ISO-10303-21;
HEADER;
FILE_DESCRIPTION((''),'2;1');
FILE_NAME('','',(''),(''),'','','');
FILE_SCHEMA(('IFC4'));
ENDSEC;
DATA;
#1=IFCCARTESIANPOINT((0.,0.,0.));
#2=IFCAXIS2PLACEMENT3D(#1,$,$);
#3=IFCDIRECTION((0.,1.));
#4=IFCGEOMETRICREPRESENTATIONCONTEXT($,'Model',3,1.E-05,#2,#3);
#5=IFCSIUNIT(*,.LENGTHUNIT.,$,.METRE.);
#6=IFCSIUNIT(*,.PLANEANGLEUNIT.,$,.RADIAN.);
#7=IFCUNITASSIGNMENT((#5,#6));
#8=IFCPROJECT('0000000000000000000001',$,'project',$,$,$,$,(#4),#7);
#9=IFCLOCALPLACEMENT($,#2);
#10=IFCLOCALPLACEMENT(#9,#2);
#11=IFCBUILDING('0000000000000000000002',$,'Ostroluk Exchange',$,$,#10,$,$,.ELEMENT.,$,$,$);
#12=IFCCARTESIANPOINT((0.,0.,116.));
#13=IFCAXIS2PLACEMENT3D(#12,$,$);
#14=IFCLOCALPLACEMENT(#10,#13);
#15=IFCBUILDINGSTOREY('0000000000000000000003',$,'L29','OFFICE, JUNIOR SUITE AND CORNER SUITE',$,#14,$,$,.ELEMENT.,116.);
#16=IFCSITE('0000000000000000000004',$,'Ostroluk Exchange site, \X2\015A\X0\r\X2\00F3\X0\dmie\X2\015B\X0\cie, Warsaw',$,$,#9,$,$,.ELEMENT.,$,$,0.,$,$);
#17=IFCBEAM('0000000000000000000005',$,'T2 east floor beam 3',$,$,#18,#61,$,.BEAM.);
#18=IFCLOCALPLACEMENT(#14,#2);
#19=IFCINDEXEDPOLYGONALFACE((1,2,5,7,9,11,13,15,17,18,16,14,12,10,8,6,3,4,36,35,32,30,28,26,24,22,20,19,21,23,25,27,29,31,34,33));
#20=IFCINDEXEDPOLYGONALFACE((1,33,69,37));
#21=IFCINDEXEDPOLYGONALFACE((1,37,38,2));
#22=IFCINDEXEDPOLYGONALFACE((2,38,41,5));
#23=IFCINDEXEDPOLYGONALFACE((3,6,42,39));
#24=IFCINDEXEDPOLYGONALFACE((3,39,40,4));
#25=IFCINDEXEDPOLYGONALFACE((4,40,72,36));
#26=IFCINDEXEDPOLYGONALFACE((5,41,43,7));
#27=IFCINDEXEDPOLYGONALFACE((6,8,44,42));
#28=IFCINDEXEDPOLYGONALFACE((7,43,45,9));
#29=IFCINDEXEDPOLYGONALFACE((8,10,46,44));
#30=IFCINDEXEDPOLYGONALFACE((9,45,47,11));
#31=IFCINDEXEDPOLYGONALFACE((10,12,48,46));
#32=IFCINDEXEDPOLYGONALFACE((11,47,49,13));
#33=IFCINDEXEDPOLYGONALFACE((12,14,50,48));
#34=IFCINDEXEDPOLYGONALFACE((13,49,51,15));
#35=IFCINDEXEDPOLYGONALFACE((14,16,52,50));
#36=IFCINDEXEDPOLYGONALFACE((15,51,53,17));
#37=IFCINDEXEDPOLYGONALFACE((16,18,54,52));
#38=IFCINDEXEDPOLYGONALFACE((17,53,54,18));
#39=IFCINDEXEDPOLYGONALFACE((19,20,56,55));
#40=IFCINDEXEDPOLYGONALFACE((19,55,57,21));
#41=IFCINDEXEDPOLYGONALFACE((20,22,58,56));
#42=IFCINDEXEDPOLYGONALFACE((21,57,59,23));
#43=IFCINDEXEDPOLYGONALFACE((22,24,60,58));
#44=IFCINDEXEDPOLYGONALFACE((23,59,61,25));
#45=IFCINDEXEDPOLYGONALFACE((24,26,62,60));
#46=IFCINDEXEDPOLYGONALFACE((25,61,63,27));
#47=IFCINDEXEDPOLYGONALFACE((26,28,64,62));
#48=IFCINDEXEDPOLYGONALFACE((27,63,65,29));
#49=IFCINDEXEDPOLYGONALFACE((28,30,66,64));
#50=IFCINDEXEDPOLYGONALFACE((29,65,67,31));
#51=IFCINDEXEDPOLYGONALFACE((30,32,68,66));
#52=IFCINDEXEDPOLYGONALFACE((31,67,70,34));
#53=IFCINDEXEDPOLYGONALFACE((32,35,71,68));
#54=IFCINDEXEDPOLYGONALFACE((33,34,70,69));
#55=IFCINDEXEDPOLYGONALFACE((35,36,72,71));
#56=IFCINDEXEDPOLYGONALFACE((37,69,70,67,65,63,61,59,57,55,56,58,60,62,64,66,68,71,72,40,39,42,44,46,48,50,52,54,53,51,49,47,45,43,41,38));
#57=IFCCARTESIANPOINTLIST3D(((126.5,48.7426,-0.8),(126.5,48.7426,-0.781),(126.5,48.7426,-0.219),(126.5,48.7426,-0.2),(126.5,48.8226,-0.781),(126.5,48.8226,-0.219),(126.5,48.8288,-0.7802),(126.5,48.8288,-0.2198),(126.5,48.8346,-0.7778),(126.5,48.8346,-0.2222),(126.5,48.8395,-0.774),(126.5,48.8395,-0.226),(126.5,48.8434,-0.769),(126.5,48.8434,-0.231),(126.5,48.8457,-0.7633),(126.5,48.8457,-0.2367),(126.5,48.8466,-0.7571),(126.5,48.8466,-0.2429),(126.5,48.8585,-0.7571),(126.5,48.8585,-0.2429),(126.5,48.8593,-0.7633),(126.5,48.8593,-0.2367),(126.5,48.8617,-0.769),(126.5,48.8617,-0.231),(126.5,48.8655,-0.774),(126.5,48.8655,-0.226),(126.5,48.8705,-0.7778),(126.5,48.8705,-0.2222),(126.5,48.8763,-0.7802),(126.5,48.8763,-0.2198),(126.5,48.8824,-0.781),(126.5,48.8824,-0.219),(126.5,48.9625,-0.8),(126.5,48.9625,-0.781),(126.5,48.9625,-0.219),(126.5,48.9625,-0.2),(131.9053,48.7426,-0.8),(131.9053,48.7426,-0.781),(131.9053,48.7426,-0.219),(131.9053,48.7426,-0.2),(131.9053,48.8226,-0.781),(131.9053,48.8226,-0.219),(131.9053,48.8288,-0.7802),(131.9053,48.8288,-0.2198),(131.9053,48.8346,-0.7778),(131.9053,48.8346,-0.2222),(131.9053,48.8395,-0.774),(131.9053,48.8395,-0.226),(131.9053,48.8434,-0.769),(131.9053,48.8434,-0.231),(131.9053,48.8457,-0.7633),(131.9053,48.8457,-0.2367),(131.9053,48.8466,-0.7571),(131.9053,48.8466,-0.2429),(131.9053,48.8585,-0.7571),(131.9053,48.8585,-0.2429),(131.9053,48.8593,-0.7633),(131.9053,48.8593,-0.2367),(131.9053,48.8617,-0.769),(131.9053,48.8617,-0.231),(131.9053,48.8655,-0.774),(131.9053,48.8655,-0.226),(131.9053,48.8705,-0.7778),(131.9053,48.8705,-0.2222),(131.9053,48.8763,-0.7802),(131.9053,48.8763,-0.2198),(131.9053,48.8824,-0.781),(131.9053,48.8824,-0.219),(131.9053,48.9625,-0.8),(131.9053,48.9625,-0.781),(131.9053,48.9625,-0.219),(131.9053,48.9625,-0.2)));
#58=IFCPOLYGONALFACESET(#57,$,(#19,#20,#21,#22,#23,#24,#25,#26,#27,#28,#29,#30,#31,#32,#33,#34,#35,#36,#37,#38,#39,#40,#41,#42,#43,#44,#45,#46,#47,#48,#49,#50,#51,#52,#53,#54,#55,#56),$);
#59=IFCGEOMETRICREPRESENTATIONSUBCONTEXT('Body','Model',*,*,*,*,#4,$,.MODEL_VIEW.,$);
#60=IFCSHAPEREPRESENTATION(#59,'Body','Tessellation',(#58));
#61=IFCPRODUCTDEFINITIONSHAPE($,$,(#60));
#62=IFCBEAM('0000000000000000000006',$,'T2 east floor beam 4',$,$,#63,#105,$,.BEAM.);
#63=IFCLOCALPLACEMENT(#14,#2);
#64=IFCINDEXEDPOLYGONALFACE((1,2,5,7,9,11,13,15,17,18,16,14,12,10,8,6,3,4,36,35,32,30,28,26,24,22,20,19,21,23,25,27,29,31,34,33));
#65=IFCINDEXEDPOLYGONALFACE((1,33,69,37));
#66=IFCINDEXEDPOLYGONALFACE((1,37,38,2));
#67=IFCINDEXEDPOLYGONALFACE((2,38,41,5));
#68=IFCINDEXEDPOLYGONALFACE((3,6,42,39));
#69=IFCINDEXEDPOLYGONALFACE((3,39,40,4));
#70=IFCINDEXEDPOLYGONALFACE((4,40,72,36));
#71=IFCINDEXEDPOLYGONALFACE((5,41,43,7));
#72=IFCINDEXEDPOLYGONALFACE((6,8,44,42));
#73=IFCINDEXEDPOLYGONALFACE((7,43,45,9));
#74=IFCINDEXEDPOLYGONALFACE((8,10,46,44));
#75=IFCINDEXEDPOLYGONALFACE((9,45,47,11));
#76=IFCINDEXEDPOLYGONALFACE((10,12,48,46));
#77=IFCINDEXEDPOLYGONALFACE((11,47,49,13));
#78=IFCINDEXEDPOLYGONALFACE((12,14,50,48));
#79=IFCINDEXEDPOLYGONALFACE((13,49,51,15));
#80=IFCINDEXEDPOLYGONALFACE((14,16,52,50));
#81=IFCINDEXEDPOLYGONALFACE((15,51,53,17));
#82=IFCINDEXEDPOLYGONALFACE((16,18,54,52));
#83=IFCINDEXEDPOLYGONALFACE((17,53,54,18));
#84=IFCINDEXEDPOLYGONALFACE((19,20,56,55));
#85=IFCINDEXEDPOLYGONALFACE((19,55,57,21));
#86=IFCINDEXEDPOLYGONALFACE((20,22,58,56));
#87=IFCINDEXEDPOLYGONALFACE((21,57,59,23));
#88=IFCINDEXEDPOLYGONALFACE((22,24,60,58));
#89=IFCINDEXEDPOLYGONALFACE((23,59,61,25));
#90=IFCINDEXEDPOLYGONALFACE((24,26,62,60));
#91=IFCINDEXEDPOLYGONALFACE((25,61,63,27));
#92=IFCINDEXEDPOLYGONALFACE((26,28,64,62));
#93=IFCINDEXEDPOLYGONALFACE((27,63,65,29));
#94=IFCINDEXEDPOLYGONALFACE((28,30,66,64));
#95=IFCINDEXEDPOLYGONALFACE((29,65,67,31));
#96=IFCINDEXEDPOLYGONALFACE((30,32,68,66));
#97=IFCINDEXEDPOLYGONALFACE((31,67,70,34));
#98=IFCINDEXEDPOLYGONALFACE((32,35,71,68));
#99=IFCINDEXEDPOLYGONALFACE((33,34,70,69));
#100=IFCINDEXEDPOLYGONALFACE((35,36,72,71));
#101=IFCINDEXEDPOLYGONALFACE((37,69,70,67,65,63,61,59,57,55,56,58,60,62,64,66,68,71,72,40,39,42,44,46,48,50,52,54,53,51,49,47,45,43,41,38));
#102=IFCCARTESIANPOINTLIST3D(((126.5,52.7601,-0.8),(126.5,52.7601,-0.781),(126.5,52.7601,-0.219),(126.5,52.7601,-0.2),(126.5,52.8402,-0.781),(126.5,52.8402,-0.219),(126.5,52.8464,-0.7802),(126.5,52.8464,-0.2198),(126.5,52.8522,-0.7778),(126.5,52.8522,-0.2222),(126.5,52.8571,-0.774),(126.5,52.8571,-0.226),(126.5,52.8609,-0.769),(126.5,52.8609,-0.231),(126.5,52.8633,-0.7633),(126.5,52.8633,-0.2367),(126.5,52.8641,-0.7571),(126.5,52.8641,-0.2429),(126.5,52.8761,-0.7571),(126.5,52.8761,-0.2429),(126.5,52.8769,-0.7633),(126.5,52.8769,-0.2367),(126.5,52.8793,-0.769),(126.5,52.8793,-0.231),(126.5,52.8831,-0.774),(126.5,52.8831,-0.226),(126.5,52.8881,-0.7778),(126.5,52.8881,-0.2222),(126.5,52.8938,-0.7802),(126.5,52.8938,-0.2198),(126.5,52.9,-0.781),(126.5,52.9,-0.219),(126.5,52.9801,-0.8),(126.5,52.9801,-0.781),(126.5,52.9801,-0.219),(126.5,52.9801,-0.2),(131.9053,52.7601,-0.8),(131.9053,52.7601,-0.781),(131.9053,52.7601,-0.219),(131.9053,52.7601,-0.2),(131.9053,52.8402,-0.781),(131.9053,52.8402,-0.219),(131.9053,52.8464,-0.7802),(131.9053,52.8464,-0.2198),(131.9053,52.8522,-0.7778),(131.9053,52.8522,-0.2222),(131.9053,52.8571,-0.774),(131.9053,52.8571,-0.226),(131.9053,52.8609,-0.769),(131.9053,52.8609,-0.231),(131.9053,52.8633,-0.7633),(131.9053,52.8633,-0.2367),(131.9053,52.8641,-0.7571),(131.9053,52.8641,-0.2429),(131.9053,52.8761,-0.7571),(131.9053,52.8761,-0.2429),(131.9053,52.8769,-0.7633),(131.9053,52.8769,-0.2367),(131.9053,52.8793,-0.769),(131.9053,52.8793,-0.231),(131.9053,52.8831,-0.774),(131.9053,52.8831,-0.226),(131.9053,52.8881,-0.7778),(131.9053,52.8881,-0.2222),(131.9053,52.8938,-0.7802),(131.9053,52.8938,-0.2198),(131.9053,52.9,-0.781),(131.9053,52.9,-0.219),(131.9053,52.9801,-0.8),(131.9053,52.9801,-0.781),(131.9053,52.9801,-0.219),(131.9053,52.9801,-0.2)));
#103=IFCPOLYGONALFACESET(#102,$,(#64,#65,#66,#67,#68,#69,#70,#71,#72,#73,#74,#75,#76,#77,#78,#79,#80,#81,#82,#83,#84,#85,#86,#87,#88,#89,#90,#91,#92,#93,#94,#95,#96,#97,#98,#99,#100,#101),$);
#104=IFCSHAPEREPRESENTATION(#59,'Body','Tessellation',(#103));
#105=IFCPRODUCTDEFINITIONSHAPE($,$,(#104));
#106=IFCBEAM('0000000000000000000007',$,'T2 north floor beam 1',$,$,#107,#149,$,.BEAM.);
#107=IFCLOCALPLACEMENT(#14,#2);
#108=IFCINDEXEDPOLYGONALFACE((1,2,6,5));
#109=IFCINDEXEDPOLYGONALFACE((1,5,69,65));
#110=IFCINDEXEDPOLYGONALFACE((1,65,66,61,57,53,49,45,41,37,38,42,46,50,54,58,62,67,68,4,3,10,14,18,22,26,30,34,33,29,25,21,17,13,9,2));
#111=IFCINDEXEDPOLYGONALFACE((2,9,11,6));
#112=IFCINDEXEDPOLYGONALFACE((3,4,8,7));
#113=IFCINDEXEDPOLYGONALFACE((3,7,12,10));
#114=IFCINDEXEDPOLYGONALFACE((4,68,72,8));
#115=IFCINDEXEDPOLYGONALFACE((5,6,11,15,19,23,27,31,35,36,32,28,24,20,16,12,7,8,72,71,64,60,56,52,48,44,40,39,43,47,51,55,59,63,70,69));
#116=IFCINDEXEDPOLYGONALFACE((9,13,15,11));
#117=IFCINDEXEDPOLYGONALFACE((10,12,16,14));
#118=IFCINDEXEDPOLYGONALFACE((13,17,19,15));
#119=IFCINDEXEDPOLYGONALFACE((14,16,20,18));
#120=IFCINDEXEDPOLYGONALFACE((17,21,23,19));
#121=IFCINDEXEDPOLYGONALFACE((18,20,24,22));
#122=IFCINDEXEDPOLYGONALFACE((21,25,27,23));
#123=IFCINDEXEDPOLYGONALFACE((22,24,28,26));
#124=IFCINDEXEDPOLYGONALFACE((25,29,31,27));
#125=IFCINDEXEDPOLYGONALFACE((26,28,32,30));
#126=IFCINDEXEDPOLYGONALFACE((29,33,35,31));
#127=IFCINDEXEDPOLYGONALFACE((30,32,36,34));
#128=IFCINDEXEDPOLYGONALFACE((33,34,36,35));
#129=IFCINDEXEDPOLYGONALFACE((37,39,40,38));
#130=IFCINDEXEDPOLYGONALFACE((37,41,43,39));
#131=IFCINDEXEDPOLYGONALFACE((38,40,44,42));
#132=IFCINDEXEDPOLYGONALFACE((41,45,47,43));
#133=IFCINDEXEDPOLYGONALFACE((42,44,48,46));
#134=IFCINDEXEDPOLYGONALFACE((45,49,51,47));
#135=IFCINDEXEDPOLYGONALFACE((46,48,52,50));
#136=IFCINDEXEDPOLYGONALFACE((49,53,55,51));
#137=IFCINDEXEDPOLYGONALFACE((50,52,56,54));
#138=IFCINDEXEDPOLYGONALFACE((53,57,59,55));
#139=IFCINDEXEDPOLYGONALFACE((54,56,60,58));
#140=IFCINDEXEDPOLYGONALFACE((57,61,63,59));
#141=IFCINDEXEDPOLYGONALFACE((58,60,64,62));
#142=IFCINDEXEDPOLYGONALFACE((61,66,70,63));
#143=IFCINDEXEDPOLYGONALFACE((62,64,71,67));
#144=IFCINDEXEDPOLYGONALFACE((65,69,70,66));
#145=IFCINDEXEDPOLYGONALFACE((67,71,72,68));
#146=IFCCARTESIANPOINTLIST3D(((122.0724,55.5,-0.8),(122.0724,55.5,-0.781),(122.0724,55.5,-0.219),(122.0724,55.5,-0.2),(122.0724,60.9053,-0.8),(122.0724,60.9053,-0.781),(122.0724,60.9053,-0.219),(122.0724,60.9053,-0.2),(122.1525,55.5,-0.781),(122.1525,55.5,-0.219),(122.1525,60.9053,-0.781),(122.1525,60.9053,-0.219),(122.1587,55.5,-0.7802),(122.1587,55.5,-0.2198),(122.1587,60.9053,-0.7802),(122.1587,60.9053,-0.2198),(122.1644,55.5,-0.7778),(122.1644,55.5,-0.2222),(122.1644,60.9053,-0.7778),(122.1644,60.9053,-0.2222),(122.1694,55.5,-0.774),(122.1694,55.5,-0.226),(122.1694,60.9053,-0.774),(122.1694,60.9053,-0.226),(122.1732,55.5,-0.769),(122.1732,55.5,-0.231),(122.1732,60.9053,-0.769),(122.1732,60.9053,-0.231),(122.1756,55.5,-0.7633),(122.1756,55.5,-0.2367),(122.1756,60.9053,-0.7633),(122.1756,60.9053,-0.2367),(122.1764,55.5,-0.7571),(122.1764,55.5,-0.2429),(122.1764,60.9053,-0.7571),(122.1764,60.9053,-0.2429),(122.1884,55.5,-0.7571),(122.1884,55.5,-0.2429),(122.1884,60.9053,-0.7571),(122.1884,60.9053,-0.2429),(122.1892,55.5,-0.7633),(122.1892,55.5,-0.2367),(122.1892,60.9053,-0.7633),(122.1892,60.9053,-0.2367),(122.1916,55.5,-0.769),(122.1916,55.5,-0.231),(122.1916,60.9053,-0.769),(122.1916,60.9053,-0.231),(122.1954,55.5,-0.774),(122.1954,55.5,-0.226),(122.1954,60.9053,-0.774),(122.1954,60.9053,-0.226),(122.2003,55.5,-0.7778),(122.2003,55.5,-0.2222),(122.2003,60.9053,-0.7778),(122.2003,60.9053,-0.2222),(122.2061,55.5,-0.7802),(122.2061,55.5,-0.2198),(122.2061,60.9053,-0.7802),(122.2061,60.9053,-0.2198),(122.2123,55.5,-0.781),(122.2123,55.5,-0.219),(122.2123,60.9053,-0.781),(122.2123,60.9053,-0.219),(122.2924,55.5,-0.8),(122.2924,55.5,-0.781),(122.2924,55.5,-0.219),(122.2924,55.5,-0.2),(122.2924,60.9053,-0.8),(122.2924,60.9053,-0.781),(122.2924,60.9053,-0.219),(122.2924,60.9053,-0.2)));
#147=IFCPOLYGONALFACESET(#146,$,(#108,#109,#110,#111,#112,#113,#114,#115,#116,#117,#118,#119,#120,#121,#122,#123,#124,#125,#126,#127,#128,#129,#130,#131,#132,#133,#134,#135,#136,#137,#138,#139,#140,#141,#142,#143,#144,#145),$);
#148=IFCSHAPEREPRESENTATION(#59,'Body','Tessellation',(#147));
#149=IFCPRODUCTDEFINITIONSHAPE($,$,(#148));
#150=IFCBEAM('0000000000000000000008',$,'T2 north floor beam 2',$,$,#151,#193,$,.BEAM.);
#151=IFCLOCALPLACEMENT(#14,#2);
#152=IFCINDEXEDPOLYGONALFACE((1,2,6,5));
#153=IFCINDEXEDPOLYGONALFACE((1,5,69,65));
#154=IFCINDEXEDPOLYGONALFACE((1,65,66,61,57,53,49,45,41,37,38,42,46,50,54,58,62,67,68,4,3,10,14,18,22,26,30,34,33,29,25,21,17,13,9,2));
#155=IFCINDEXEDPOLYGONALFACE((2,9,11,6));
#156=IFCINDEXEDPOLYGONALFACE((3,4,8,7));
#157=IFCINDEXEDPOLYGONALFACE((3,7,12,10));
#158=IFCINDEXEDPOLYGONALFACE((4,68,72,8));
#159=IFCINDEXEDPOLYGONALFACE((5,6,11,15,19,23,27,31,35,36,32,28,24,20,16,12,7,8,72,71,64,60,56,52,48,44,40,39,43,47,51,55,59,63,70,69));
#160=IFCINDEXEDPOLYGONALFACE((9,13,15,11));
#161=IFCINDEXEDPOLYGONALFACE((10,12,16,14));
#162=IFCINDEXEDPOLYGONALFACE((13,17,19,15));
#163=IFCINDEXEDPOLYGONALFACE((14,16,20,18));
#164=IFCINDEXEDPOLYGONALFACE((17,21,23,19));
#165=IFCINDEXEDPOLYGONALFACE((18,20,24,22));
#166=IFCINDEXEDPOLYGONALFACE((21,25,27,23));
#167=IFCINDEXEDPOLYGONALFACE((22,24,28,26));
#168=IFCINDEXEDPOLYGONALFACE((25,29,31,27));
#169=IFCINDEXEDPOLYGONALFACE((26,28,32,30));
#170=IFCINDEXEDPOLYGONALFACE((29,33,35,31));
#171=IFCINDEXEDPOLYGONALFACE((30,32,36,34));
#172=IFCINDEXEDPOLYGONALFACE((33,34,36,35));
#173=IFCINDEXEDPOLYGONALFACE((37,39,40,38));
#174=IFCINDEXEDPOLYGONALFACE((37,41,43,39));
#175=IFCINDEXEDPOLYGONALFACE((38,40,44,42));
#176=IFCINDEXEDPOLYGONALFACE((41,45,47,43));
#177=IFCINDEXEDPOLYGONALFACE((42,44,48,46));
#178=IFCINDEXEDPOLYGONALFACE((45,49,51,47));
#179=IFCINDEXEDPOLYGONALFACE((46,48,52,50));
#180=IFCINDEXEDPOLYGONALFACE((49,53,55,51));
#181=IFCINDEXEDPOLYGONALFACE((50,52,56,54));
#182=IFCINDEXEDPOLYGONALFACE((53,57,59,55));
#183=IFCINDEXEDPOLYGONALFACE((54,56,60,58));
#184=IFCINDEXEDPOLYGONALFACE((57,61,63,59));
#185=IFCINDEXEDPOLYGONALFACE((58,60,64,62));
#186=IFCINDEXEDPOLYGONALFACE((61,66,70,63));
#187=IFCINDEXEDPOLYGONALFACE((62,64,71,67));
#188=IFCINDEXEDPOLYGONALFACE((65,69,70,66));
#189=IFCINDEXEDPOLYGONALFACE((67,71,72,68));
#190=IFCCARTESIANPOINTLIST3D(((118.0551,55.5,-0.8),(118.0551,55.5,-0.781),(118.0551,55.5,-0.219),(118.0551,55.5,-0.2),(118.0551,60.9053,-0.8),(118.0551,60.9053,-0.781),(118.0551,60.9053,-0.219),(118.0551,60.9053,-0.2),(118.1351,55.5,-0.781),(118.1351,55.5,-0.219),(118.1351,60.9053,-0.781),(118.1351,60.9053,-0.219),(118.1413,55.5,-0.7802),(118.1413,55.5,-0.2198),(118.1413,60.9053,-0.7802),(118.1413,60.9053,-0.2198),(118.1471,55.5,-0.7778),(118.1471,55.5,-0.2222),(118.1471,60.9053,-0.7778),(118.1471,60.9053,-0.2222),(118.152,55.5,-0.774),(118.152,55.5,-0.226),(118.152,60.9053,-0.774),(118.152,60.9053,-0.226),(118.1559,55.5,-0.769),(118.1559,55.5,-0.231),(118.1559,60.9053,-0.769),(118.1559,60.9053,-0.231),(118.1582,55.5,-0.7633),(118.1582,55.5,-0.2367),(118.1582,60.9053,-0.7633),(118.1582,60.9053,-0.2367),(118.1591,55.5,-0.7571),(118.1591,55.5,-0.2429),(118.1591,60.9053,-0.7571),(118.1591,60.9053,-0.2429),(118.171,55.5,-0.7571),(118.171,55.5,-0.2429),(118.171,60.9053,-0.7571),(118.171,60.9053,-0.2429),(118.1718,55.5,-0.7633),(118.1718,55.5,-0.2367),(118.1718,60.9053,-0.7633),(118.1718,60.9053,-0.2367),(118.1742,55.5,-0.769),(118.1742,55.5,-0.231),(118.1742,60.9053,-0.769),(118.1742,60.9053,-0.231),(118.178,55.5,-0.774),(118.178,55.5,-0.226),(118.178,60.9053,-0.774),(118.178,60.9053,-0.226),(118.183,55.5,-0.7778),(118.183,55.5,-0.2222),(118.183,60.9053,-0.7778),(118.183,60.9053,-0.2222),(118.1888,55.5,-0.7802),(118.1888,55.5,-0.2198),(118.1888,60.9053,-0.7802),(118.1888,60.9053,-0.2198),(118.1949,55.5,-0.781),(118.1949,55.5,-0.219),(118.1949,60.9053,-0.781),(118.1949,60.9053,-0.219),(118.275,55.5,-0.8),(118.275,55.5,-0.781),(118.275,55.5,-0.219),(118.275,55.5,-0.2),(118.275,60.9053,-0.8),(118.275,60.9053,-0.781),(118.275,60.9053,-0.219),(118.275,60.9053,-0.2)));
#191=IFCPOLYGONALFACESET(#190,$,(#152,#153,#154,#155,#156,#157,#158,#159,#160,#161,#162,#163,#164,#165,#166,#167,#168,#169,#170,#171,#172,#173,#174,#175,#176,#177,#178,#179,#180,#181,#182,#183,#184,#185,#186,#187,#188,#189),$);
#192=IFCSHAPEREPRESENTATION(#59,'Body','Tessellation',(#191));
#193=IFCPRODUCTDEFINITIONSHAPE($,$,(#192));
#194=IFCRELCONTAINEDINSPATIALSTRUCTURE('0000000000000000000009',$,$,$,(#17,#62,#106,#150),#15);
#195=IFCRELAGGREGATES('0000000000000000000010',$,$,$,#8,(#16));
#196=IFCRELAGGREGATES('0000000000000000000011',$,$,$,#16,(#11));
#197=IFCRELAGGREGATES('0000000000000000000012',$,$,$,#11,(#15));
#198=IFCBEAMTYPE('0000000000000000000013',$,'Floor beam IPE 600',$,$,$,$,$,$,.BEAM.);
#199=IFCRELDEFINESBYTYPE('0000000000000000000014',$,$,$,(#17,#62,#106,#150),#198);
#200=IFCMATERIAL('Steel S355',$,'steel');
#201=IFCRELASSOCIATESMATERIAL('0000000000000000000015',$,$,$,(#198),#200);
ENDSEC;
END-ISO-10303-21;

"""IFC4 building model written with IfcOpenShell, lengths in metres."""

from ifc_helpers import new_model, si_unit, direction, frame, origin, origin_2d, place, context, subcontext, project, spatial, i_section, extrude, material, material_profile, profile_set, type_object, element, save


model = new_model("IFC4")

# Units and contexts
model_context = context("Model", 3, precision=1e-05, world=origin(), true_north=direction((0.0, 1.0)))
body_context = subcontext(model_context, "Body", "Model", "MODEL_VIEW")
ifc_project = project(units=[si_unit("LENGTHUNIT", "METRE"), si_unit("PLANEANGLEUNIT", "RADIAN")], contexts=[model_context])

# Site, building, storey
site_placement = place(None, origin())
site = spatial("IfcSite", under=ifc_project, at=site_placement, Name="Ostroluk Exchange site, Śródmieście, Warsaw", CompositionType="ELEMENT", RefElevation=0.0)
building_placement = place(site_placement, origin())
building = spatial("IfcBuilding", under=site, at=building_placement, Name="Ostroluk Exchange", CompositionType="ELEMENT")
storey_placement = place(building_placement, frame((0.0, 0.0, 116.0)))
storey = spatial("IfcBuildingStorey", under=building, at=storey_placement, Name="L29", Description="OFFICE, JUNIOR SUITE AND CORNER SUITE", CompositionType="ELEMENT", Elevation=116.0)

# Beams
ifc_material_1 = material(Name="Steel S355", Category="steel")
ifc_material_profile_1 = material_profile(ifc_material_1, i_section(OverallWidth=0.22, OverallDepth=0.6001, WebThickness=0.012, FlangeThickness=0.019, FilletRadius=0.0239, at=origin_2d()), Name="IPE 600")
ifc_profile_set_1 = profile_set([ifc_material_profile_1], Name="Steel S355")
beam_type_1 = type_object("IfcBeamType", Name="Floor beam IPE 600", PredefinedType="BEAM", material=ifc_profile_set_1)
for number, where, z_axis, x_axis, name in (
    (1, (126.5, 48.8525, -0.5), (1.0, 0.0, 0.0), (0.0, 1.0, 0.0), "T2 east floor beam 3"),
    (2, (126.5, 52.8701, -0.5), (1.0, 0.0, 0.0), (0.0, 1.0, 0.0), "T2 east floor beam 4"),
    (3, (122.1824, 55.5, -0.5), (0.0, 1.0, 0.0), (-1.0, 0.0, 0.0), "T2 north floor beam 1"),
    (4, (118.165, 55.5, -0.5), (0.0, 1.0, 0.0), (-1.0, 0.0, 0.0), "T2 north floor beam 2"),
):
    element("IfcBeam", number, at=place(storey_placement, frame(where, z_axis=z_axis, x_axis=x_axis)), inside=storey, type_object=beam_type_1, Name=name, PredefinedType="BEAM", context=body_context, shape_type="SweptSolid", body=[
        extrude(i_section(OverallWidth=0.22, OverallDepth=0.6001, WebThickness=0.012, FlangeThickness=0.019, FilletRadius=0.0239, at=origin_2d()), origin(), (0.0, 0.0, 1.0), 5.4053),
    ])

save(model, "model.ifc")
